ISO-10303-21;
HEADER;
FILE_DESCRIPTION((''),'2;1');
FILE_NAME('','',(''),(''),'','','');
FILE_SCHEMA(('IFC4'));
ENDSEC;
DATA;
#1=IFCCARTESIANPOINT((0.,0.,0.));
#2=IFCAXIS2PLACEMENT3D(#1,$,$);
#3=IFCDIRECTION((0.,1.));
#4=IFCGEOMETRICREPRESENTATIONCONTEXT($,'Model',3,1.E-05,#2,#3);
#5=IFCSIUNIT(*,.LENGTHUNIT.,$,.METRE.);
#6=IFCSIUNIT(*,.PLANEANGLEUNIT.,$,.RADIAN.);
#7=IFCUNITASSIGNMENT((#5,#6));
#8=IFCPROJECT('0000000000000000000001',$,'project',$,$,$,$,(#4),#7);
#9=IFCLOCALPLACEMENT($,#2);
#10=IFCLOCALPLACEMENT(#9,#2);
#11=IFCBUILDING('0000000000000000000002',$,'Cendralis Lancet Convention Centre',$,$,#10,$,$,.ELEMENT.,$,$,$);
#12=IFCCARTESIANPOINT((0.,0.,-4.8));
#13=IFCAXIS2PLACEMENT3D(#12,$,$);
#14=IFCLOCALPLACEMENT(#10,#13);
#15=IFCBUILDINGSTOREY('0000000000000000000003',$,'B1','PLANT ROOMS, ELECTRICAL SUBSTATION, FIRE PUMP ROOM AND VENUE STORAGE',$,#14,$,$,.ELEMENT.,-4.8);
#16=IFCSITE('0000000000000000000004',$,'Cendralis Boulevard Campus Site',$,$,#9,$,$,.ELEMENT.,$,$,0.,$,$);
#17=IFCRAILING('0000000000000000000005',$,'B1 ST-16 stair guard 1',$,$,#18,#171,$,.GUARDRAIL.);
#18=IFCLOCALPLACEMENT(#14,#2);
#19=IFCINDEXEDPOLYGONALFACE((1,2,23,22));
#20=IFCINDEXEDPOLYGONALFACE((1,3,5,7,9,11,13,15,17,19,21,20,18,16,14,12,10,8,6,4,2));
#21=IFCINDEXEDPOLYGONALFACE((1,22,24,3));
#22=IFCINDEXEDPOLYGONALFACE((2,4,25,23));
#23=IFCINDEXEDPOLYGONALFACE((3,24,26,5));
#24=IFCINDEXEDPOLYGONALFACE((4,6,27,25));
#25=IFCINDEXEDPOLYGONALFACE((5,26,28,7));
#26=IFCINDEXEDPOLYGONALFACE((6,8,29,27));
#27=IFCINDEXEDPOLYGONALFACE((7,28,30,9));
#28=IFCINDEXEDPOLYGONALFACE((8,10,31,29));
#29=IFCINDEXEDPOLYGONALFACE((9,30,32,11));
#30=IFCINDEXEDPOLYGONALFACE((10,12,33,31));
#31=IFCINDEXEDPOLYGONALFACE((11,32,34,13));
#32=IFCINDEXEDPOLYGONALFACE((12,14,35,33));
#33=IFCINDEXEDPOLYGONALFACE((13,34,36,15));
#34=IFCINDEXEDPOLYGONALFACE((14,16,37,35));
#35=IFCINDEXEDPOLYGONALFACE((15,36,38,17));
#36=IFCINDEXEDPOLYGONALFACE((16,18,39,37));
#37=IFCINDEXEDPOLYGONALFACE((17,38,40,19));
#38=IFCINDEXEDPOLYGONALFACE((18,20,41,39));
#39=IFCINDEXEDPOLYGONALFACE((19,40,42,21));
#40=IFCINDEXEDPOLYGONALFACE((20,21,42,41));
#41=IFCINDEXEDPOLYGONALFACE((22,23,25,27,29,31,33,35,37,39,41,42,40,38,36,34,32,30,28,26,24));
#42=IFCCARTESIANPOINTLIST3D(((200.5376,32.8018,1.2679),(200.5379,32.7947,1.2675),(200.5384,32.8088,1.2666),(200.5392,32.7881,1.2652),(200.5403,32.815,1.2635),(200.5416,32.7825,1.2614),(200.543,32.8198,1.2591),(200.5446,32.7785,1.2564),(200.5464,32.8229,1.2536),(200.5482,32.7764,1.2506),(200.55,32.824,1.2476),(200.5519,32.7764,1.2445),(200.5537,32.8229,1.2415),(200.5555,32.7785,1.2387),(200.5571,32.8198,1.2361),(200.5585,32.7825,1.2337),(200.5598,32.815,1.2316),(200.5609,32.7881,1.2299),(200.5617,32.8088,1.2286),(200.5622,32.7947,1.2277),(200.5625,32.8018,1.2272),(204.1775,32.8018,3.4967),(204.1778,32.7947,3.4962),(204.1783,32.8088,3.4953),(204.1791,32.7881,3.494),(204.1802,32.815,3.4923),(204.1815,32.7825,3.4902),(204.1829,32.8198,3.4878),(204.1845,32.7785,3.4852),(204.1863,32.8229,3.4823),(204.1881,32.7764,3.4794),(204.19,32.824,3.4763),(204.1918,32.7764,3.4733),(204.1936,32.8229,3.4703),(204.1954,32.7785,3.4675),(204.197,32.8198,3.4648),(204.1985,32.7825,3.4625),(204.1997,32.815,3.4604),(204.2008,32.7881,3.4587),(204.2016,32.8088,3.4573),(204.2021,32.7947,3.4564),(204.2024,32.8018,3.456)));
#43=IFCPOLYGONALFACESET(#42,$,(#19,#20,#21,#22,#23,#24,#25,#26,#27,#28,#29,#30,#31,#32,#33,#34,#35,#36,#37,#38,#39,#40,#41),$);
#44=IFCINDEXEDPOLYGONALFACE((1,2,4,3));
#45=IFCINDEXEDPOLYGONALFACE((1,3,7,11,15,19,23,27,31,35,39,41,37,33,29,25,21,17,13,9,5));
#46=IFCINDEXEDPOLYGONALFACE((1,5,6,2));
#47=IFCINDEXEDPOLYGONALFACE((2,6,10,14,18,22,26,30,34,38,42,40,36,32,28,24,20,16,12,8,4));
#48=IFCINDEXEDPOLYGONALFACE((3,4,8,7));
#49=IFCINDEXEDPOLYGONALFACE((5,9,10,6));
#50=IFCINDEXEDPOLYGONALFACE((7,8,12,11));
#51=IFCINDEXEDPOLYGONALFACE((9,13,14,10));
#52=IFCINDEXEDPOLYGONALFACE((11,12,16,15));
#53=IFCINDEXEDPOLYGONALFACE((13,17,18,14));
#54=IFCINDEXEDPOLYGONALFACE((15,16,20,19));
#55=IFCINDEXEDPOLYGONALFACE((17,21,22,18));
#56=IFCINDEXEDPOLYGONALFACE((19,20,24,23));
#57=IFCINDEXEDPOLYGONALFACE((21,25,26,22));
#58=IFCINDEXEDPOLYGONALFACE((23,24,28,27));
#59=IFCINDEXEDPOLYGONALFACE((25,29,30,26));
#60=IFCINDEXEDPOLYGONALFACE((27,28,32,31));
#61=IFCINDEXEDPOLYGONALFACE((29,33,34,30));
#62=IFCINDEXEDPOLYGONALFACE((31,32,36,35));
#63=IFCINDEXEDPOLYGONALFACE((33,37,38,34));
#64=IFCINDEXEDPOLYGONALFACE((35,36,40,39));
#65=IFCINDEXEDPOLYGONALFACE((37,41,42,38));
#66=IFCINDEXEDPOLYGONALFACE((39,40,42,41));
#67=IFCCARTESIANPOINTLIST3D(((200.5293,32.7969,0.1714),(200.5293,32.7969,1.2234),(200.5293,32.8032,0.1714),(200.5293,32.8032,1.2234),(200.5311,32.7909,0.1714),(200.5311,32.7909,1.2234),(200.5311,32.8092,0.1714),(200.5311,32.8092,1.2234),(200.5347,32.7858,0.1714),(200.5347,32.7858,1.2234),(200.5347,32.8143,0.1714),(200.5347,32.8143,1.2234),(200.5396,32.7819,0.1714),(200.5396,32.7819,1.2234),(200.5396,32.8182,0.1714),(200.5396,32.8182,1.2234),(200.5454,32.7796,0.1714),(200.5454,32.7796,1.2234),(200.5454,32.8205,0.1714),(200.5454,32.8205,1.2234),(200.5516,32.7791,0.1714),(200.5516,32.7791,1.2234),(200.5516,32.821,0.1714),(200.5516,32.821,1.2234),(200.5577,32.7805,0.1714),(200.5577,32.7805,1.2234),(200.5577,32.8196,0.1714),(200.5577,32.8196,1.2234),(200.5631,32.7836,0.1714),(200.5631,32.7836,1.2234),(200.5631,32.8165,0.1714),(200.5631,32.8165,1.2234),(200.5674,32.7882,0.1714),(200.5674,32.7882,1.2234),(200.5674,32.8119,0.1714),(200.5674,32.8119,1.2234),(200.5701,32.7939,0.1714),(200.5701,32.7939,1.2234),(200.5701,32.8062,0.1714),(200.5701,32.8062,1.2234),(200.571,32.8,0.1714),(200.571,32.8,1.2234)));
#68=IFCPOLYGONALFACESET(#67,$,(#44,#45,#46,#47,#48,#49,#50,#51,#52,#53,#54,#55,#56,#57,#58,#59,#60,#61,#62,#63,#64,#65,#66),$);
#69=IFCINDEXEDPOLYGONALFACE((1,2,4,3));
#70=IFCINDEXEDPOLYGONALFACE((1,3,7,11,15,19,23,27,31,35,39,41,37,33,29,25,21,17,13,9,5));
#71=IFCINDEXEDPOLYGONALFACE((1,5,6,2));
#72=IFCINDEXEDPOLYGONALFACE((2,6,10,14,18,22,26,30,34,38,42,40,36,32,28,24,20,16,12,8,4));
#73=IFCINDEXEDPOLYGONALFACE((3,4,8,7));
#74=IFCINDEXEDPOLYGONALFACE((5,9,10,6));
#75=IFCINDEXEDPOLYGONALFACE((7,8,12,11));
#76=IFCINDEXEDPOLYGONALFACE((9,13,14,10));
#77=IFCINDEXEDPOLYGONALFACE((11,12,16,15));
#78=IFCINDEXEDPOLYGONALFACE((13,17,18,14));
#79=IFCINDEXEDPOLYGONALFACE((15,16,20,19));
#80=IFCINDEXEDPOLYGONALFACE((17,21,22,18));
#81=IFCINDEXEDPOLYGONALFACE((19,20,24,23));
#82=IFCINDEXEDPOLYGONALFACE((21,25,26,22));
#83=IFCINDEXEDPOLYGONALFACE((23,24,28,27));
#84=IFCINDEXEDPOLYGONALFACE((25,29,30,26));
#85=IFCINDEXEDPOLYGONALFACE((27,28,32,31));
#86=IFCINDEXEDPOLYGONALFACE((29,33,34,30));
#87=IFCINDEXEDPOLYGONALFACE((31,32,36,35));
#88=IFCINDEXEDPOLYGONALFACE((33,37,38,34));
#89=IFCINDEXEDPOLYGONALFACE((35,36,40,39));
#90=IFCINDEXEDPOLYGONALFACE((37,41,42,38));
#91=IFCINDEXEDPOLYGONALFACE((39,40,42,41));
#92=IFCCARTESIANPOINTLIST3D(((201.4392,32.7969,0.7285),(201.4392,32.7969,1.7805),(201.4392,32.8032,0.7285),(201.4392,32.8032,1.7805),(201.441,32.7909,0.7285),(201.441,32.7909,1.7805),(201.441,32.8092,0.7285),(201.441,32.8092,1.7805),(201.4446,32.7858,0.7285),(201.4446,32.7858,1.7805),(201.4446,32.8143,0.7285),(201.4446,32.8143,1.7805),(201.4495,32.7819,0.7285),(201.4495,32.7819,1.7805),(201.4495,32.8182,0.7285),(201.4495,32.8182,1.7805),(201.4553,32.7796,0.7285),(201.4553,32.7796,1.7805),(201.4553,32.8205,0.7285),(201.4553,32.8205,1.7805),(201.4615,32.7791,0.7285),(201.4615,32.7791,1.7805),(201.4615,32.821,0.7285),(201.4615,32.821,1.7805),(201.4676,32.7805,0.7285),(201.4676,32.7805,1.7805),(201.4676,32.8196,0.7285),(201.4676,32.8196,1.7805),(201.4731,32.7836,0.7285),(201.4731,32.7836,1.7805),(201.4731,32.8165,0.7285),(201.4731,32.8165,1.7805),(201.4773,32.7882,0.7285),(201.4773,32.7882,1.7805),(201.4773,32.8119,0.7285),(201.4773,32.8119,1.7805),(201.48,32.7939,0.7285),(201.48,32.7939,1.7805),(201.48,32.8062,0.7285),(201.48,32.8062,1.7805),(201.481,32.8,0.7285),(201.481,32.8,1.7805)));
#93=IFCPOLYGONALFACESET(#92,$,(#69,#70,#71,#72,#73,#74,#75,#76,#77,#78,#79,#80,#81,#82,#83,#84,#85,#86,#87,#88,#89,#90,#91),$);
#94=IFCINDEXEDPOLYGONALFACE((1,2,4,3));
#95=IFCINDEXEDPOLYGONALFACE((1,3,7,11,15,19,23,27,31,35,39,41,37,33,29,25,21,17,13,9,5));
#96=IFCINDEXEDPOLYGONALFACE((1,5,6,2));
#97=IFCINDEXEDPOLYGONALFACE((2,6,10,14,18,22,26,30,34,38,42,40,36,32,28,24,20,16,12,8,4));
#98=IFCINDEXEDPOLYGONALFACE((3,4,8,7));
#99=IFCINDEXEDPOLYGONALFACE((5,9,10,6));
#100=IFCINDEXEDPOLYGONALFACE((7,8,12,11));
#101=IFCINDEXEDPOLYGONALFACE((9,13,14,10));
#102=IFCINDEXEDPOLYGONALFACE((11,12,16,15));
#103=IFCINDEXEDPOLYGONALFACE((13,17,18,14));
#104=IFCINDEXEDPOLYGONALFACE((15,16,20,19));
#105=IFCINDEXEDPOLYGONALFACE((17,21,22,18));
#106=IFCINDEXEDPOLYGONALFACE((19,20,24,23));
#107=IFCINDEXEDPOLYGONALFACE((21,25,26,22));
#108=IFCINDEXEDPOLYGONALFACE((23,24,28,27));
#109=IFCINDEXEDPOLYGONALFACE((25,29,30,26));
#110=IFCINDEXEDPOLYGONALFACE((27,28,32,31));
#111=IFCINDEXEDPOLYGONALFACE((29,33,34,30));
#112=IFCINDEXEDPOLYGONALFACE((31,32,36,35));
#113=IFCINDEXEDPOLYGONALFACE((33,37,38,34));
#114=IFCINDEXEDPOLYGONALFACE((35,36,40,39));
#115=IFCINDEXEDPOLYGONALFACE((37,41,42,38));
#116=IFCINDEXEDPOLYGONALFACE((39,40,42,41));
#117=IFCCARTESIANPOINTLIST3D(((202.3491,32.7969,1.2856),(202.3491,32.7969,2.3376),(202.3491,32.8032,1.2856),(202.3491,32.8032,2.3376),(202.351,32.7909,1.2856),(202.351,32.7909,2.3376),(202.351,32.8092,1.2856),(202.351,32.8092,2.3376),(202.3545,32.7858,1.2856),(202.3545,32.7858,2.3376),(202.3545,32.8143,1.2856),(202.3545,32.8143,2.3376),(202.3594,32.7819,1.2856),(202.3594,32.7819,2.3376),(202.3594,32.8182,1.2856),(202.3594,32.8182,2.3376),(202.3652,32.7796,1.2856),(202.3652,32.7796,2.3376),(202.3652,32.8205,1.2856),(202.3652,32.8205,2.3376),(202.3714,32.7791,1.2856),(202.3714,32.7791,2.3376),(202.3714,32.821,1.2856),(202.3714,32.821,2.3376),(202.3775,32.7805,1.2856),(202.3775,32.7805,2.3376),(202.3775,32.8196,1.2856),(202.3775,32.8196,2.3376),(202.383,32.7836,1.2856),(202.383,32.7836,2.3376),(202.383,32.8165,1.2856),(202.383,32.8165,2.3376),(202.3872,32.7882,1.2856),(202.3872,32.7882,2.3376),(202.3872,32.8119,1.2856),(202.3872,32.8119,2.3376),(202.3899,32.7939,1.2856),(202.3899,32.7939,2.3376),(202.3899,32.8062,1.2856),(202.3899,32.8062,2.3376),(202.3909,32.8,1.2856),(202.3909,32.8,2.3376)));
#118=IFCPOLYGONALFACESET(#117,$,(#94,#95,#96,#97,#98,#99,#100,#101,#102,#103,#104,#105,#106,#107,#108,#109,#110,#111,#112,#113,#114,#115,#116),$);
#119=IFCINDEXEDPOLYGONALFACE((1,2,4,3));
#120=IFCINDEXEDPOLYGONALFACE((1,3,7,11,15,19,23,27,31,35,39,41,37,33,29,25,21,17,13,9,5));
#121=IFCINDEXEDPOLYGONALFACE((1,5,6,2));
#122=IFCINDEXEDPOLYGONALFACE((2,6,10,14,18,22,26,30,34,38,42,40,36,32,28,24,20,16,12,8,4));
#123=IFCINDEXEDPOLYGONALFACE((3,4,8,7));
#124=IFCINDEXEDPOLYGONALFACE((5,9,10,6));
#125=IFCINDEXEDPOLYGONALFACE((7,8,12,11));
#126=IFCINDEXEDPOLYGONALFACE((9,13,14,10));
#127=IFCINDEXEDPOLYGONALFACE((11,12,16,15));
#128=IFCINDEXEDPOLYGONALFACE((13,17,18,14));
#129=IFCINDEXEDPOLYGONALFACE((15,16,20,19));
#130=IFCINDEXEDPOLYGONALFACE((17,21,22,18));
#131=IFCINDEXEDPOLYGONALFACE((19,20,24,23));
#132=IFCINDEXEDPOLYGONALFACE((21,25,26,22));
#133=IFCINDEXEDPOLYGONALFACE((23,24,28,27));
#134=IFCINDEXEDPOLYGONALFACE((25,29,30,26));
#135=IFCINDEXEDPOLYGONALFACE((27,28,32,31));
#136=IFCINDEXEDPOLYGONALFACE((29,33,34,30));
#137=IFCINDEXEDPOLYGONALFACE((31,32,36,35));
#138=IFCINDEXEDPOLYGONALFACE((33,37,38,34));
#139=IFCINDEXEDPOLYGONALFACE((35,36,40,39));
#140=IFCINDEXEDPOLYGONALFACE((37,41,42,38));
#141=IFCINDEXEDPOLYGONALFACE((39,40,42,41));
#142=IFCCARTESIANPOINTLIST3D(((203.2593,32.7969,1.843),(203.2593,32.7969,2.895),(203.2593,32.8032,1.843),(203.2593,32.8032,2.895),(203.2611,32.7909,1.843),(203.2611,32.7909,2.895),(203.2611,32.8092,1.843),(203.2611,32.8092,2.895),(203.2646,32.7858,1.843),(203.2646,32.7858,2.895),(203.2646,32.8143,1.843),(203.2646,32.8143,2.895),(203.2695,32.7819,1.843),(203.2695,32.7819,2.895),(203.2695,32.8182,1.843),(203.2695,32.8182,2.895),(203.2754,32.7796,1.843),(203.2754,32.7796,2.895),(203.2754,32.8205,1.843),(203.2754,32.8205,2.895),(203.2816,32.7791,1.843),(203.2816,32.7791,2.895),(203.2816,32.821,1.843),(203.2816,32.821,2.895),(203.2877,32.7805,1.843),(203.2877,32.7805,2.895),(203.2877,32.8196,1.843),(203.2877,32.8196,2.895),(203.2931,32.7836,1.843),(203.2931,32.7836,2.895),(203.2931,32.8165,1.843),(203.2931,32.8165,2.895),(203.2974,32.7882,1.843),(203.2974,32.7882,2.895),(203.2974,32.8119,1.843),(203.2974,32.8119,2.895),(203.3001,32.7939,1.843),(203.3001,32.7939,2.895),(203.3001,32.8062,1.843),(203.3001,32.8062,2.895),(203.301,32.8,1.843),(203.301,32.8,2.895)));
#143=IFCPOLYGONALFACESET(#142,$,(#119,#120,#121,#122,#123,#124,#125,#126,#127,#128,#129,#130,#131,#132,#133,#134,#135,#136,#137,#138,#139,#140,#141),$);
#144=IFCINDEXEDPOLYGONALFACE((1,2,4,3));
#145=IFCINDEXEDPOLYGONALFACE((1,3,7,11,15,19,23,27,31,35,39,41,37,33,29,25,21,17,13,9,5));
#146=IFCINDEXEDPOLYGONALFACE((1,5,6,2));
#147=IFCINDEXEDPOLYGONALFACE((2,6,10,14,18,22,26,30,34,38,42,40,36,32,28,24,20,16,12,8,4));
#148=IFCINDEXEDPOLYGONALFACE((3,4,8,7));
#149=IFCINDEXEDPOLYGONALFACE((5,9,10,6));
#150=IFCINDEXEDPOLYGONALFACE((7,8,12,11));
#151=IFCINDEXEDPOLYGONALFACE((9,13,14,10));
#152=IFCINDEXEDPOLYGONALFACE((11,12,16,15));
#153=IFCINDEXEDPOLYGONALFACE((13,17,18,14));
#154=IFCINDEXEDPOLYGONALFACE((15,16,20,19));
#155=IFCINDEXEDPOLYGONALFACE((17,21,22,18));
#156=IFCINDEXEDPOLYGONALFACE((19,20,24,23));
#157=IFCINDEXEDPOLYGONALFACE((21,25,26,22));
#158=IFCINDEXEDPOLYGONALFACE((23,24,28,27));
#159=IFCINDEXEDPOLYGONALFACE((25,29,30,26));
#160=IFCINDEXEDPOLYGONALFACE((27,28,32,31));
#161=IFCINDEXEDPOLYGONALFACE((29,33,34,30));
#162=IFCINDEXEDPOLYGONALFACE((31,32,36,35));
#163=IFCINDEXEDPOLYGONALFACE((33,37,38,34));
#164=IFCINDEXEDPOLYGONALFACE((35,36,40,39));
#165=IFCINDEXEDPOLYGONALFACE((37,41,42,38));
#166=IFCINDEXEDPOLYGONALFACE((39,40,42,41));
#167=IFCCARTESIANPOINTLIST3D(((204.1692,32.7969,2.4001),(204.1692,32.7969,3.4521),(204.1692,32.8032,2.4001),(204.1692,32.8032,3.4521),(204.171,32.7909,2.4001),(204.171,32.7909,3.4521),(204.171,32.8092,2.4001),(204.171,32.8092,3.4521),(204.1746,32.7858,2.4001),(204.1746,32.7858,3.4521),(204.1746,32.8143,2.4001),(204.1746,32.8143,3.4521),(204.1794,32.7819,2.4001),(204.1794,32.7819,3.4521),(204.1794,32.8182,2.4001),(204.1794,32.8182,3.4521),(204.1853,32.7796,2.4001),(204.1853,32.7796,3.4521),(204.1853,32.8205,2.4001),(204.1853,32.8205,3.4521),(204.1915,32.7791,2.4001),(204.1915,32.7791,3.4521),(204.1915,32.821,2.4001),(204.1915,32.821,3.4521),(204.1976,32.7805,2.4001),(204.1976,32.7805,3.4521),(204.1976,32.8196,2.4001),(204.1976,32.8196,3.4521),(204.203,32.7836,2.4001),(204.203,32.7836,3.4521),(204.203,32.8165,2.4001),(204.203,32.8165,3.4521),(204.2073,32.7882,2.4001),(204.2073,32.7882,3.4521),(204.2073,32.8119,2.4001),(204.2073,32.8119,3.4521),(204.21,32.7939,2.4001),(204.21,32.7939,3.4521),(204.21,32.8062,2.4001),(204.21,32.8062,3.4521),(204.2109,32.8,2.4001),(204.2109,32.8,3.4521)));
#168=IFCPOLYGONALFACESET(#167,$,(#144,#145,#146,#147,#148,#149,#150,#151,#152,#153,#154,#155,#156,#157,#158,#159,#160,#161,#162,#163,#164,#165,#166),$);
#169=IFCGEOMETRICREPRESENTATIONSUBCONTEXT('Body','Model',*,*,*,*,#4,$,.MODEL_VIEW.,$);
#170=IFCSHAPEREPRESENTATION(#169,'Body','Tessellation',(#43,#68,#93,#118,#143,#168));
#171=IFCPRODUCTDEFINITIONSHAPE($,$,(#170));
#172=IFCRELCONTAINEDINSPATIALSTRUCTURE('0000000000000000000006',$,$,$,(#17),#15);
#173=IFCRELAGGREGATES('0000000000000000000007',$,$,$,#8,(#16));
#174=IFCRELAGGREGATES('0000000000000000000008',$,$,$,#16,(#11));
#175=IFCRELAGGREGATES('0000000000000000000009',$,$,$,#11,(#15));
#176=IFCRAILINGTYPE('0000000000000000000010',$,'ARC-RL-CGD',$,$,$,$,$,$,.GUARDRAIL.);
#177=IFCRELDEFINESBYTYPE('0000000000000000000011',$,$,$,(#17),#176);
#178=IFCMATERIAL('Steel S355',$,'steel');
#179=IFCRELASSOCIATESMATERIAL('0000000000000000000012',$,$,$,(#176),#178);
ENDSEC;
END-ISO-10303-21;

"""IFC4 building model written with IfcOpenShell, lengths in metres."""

from ifc_helpers import new_model, si_unit, direction, frame, origin, origin_2d, place, context, subcontext, project, spatial, circle, extrude, material, type_object, element, save


model = new_model("IFC4")

# Units and contexts
model_context = context("Model", 3, precision=1e-05, world=origin(), true_north=direction((0.0, 1.0)))
body_context = subcontext(model_context, "Body", "Model", "MODEL_VIEW")
ifc_project = project(units=[si_unit("LENGTHUNIT", "METRE"), si_unit("PLANEANGLEUNIT", "RADIAN")], contexts=[model_context])

# Site, building, storey
site_placement = place(None, origin())
site = spatial("IfcSite", under=ifc_project, at=site_placement, Name="Cendralis Boulevard Campus Site", CompositionType="ELEMENT", RefElevation=0.0)
building_placement = place(site_placement, origin())
building = spatial("IfcBuilding", under=site, at=building_placement, Name="Cendralis Lancet Convention Centre", CompositionType="ELEMENT")
storey_placement = place(building_placement, frame((0.0, 0.0, -4.8)))
storey = spatial("IfcBuildingStorey", under=building, at=storey_placement, Name="B1", Description="PLANT ROOMS, ELECTRICAL SUBSTATION, FIRE PUMP ROOM AND VENUE STORAGE", CompositionType="ELEMENT", Elevation=-4.8)

# Railing
ifc_material_1 = material(Name="Steel S355", Category="steel")
railing_type_1 = type_object("IfcRailingType", Name="ARC-RL-CGD", PredefinedType="GUARDRAIL", material=ifc_material_1)
railing_1_placement = place(storey_placement, frame((200.55, 32.8, 0.1714)))
element("IfcRailing", 1, at=railing_1_placement, inside=storey, type_object=railing_type_1, Name="B1 ST-16 stair guard 1", PredefinedType="GUARDRAIL", context=body_context, shape_type="SweptSolid", body=[
    extrude(circle(Radius=0.0239, at=origin_2d()), frame((0.0, 0.0, 1.0762), z_axis=(0.852825, 0.0, 0.522197), x_axis=(0.0, 1.0, 0.0)), (0.0, 0.0, 1.0), 4.2681),
    extrude(circle(Radius=0.021, at=origin_2d()), origin(), (0.0, 0.0, 1.0), 1.052),
    extrude(circle(Radius=0.021, at=origin_2d()), frame((0.9099, 0.0, 0.5571)), (0.0, 0.0, 1.0), 1.052),
    extrude(circle(Radius=0.021, at=origin_2d()), frame((1.8198, 0.0, 1.1143)), (0.0, 0.0, 1.0), 1.052),
    extrude(circle(Radius=0.021, at=origin_2d()), frame((2.73, 0.0, 1.6716)), (0.0, 0.0, 1.0), 1.052),
    extrude(circle(Radius=0.021, at=origin_2d()), frame((3.6399, 0.0, 2.2288)), (0.0, 0.0, 1.0), 1.052),
])

save(model, "model.ifc")
